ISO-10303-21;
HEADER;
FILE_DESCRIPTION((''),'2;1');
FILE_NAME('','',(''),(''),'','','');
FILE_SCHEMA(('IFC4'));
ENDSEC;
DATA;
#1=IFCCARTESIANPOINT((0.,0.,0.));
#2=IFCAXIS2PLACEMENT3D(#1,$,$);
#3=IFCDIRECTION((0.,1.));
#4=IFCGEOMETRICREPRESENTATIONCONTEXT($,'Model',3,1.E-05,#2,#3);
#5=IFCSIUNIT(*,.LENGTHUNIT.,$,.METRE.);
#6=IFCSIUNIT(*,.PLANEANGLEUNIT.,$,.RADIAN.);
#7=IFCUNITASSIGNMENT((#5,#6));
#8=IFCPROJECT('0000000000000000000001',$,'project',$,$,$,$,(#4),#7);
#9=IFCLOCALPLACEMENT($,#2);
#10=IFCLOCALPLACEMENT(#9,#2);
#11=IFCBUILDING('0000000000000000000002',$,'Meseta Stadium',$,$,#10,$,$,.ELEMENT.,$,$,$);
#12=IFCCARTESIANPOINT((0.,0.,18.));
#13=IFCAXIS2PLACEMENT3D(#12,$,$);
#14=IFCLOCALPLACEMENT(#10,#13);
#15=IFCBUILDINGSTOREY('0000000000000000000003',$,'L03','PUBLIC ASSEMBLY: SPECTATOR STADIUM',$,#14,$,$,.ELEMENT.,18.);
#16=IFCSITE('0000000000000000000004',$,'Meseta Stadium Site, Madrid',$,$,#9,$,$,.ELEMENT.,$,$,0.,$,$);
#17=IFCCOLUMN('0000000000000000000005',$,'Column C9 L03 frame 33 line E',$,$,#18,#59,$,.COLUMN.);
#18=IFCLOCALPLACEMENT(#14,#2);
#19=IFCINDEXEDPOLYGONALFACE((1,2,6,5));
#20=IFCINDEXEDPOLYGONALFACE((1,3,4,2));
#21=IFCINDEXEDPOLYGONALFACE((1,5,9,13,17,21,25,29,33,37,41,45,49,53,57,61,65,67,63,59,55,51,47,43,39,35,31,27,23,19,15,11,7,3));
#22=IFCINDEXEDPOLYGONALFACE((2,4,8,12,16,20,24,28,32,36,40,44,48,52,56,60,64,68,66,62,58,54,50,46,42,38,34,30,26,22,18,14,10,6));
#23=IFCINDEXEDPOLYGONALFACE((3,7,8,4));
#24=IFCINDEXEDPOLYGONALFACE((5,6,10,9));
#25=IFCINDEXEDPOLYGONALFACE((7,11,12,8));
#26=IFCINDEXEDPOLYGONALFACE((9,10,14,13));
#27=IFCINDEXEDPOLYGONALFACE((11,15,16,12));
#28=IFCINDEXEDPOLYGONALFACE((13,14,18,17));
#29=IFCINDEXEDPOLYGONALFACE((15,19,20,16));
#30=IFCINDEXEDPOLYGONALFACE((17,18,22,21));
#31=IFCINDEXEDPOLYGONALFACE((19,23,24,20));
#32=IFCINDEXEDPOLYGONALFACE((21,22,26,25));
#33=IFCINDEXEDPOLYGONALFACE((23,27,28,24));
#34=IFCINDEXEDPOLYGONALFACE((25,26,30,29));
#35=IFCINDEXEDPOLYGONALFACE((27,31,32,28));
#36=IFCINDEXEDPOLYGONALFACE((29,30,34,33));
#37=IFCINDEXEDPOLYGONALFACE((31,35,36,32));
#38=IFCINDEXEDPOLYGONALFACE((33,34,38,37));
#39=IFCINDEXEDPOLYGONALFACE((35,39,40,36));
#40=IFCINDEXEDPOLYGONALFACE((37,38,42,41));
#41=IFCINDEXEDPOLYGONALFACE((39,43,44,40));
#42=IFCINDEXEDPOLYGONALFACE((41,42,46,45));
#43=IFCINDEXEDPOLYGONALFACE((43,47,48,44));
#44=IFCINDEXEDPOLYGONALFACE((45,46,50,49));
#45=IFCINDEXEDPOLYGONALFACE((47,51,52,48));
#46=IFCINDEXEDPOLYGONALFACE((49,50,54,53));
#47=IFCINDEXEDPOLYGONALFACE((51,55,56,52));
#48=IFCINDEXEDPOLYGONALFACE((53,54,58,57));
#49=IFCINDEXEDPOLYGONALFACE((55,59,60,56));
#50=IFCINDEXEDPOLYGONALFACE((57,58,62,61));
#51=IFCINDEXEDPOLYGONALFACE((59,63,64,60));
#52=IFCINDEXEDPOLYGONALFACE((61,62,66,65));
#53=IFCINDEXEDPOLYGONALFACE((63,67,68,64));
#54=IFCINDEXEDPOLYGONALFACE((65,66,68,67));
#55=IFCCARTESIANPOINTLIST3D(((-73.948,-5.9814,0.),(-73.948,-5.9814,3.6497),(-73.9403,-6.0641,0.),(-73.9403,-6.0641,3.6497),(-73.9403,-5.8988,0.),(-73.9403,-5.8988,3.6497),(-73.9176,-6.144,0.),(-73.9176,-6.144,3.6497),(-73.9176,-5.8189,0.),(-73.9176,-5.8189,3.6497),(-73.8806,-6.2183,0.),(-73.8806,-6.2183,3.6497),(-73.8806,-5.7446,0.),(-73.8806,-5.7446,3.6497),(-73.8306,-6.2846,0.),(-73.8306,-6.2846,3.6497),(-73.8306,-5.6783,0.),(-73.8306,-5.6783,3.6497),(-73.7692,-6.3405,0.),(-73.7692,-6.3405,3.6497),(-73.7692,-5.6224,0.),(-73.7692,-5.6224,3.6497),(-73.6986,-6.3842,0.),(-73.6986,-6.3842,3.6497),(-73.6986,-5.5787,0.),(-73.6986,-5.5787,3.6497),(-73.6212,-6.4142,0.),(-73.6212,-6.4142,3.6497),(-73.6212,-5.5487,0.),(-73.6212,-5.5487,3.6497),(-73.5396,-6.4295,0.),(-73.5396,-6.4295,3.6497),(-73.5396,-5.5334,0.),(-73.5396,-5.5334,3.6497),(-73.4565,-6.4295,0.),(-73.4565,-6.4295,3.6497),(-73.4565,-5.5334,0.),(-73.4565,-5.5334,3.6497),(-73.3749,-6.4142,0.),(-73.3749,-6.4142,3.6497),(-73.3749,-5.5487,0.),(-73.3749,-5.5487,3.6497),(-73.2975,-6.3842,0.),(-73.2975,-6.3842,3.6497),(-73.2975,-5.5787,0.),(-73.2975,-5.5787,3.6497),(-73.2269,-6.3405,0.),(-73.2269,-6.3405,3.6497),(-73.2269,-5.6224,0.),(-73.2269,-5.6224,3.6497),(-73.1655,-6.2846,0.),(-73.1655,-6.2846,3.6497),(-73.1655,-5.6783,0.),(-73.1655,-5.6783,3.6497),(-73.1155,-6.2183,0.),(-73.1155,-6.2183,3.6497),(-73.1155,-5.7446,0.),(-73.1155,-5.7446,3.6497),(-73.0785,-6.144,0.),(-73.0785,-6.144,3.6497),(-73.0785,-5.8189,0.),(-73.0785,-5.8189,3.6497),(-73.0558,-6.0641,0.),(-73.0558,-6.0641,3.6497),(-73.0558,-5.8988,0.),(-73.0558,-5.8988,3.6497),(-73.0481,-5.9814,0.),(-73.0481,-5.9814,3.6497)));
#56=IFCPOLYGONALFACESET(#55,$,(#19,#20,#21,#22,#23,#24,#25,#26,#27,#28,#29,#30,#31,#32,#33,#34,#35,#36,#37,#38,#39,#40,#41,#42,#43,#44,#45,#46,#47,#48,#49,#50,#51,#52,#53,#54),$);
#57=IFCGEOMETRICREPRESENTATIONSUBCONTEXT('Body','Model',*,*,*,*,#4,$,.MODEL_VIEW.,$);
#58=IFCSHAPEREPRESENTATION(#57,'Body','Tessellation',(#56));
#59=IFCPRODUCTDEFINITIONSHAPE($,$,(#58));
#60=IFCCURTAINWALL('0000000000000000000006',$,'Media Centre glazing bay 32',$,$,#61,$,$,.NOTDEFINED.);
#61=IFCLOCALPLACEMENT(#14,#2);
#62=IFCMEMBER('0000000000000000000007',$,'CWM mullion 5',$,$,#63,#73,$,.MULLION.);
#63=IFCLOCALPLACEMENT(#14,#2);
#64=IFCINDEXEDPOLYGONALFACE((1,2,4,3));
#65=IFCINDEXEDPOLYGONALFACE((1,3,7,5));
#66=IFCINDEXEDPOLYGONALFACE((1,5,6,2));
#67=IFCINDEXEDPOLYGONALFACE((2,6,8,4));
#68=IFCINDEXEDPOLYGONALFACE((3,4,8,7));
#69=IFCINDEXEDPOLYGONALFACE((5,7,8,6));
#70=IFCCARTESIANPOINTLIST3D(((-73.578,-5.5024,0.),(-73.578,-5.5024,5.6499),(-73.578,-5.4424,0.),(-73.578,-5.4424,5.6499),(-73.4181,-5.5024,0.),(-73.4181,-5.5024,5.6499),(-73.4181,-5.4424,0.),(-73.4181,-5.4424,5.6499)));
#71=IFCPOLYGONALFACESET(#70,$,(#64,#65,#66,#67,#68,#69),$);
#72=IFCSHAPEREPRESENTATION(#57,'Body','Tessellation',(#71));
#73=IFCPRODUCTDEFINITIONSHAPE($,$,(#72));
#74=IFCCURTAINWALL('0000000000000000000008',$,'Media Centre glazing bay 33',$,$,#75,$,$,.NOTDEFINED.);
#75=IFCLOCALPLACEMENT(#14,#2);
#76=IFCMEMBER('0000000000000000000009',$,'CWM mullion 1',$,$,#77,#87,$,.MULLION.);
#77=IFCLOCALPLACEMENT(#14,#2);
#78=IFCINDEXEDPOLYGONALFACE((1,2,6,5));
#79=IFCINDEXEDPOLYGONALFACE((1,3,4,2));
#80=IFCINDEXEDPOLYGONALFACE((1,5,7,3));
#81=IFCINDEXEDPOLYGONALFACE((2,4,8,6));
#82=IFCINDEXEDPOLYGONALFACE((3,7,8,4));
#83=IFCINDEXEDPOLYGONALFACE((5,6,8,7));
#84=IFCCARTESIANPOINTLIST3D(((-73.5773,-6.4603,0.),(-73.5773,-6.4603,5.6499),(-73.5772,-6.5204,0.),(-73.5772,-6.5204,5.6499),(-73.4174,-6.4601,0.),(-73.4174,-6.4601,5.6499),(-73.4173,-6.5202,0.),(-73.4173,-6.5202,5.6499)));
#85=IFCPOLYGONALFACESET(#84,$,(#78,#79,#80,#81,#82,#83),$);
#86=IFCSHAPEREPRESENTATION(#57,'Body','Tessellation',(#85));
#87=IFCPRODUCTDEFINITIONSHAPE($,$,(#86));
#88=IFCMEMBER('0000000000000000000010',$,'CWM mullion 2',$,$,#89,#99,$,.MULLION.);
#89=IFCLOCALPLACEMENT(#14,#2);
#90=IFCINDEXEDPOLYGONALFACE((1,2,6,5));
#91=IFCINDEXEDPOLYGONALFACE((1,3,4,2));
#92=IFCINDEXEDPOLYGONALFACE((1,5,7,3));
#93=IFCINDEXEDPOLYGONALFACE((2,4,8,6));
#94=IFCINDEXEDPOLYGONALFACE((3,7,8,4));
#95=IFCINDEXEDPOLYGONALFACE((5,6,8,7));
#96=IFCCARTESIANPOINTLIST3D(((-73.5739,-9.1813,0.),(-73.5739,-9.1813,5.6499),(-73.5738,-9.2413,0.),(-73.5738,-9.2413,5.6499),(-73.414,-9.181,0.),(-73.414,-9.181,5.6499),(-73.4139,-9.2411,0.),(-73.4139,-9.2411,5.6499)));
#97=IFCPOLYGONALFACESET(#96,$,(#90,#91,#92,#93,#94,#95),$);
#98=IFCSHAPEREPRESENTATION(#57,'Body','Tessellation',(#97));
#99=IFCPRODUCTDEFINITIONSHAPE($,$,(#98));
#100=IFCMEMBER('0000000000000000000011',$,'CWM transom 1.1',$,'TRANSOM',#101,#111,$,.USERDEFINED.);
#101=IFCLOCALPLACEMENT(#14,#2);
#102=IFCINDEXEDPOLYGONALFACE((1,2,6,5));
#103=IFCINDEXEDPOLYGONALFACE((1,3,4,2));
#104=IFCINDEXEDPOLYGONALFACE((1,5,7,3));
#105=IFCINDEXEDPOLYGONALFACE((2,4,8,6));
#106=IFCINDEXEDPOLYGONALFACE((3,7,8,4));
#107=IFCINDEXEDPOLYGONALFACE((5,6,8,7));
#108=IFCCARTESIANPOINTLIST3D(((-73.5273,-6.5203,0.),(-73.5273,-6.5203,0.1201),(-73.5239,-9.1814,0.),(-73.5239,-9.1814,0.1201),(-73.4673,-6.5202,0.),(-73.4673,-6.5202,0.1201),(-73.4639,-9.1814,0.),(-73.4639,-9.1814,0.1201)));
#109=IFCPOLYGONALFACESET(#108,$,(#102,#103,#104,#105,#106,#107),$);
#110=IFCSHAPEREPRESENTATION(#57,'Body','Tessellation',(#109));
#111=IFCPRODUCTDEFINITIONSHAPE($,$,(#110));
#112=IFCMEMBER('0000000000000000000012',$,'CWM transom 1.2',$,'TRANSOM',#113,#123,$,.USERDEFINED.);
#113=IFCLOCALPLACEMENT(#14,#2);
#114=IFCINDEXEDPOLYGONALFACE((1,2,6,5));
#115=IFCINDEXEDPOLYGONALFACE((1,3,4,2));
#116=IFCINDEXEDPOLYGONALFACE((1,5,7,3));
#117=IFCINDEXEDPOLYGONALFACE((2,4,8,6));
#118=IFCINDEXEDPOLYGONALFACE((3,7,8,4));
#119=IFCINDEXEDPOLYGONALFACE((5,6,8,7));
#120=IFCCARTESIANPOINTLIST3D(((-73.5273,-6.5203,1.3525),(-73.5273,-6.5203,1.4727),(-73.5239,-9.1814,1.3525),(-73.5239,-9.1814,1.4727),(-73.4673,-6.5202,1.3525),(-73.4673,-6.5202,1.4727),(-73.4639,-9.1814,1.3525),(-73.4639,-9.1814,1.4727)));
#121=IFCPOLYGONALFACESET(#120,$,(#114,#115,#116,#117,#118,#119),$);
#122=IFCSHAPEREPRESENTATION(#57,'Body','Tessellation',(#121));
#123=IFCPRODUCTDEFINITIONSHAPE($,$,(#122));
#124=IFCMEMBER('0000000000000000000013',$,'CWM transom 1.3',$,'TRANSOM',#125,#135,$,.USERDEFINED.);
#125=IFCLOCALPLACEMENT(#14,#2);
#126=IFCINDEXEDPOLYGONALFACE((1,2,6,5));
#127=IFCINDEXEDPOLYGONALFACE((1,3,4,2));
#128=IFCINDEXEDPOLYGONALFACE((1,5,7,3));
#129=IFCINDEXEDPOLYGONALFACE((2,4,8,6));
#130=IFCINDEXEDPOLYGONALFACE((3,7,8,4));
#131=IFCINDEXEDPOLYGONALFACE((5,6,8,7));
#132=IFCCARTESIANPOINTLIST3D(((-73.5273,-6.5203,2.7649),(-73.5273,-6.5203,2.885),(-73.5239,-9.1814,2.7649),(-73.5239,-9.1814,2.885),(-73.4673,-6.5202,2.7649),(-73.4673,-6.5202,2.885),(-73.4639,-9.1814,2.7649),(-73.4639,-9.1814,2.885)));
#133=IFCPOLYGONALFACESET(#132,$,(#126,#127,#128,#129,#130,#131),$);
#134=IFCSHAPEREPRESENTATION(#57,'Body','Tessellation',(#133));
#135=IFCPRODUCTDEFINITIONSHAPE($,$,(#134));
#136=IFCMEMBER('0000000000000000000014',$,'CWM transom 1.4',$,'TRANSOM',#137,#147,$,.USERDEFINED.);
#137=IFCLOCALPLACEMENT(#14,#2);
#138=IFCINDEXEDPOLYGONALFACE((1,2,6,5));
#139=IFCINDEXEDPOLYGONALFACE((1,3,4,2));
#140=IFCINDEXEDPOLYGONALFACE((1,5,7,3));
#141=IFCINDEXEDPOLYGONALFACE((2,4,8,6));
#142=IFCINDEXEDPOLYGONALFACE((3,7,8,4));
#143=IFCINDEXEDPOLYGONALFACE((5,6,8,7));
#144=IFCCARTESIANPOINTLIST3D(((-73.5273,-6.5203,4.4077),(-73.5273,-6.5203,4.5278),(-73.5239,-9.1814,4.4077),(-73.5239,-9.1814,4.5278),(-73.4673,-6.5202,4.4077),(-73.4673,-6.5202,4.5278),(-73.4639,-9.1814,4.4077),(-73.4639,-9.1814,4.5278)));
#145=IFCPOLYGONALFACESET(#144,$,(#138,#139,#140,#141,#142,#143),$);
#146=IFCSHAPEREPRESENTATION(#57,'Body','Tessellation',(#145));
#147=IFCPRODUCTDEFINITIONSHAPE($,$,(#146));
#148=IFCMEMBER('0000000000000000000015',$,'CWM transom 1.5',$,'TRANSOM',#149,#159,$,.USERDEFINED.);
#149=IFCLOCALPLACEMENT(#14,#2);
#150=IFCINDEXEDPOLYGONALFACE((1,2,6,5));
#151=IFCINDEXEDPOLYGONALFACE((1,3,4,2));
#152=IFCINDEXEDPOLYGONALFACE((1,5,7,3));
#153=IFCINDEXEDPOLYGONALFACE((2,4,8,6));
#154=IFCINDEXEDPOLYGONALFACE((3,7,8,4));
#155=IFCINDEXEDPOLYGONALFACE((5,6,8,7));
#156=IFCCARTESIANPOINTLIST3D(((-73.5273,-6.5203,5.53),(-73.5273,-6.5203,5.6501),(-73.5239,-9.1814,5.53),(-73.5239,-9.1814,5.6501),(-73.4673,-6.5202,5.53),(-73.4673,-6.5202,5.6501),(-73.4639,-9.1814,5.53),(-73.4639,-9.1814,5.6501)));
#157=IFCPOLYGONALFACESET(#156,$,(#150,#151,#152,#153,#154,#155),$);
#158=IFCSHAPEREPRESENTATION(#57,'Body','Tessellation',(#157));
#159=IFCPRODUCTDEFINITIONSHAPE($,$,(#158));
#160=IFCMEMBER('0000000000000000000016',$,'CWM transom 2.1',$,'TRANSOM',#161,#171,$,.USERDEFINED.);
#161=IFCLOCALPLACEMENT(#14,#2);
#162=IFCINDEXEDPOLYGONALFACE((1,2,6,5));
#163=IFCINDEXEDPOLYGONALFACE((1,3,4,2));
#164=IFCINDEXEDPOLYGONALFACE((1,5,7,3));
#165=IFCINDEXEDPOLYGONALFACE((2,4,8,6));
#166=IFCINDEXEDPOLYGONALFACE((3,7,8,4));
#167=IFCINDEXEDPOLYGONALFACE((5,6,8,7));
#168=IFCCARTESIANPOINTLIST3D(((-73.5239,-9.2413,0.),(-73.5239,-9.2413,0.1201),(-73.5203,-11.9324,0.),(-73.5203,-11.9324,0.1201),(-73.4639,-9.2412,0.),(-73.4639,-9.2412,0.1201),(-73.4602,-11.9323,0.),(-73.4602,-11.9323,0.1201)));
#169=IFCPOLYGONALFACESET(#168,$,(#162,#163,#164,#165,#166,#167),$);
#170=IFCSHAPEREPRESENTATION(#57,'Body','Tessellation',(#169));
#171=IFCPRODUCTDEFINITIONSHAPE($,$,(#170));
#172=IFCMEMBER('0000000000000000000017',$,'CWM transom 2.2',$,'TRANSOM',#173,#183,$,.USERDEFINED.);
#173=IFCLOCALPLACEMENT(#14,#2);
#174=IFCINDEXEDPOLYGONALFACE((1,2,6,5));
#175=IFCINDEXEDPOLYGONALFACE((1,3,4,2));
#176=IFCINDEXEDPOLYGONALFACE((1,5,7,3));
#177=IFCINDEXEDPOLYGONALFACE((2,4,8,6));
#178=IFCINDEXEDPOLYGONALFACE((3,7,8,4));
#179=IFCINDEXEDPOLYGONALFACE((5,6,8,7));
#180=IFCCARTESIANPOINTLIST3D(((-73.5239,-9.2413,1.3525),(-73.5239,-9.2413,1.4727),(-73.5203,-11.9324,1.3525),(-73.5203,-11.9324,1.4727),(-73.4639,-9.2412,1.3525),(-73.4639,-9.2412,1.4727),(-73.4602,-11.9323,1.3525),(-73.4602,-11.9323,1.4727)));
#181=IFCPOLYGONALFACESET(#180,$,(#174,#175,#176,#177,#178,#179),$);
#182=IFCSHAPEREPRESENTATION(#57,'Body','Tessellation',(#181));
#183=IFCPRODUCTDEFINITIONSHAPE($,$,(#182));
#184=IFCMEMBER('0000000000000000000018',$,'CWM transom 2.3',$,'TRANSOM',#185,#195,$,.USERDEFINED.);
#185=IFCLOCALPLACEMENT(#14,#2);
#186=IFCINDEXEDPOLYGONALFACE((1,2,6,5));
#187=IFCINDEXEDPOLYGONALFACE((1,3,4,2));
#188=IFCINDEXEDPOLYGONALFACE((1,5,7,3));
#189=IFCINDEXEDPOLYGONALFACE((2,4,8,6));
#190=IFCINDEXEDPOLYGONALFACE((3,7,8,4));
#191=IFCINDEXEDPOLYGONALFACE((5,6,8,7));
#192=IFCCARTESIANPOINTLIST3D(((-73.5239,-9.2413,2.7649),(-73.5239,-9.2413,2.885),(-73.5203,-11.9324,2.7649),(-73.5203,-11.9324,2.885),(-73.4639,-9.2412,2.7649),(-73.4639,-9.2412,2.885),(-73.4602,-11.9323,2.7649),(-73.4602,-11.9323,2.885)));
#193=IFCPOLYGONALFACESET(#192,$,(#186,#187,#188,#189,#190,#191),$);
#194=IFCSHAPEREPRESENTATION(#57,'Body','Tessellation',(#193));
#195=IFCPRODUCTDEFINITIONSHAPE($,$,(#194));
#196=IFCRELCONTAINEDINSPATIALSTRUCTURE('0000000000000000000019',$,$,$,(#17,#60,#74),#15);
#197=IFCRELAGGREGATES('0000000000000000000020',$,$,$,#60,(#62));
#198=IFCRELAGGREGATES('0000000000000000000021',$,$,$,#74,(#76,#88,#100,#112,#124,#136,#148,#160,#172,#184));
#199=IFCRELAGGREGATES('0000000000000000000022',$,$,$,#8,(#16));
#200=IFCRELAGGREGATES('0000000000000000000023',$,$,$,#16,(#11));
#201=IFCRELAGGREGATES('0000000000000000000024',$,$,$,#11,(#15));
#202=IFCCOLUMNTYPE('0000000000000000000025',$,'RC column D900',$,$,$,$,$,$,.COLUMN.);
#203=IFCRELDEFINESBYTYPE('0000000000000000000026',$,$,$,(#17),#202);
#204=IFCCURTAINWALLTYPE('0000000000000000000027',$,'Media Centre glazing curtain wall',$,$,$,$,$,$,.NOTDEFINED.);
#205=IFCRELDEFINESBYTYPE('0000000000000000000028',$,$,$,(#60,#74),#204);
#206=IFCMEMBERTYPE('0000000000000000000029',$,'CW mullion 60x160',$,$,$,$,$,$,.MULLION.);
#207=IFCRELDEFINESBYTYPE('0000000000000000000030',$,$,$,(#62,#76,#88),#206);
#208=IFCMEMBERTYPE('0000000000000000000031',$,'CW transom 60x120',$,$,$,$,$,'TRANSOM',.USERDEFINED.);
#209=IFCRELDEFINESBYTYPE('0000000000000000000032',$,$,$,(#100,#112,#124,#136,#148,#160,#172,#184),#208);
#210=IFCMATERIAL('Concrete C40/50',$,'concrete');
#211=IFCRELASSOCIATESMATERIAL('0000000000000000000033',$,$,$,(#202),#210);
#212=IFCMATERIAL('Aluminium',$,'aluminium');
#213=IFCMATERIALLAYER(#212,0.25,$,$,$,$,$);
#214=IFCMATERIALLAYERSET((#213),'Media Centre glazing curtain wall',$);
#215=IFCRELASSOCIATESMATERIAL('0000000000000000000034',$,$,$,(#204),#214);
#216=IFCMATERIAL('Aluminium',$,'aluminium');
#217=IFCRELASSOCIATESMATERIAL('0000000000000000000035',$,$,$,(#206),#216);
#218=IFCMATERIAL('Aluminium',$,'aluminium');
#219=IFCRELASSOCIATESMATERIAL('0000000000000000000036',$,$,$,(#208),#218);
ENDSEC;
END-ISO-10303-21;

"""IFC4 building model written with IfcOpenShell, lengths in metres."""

from ifc_helpers import new_model, si_unit, direction, frame, origin, origin_2d, place, context, subcontext, project, spatial, rectangle, circle, extrude, material, layer, layer_set, material_profile, profile_set, type_object, element, aggregate, save


model = new_model("IFC4")

# Units and contexts
model_context = context("Model", 3, precision=1e-05, world=origin(), true_north=direction((0.0, 1.0)))
body_context = subcontext(model_context, "Body", "Model", "MODEL_VIEW")
ifc_project = project(units=[si_unit("LENGTHUNIT", "METRE"), si_unit("PLANEANGLEUNIT", "RADIAN")], contexts=[model_context])

# Site, building, storey
site_placement = place(None, origin())
site = spatial("IfcSite", under=ifc_project, at=site_placement, Name="Meseta Stadium Site, Madrid", CompositionType="ELEMENT", RefElevation=0.0)
building_placement = place(site_placement, origin())
building = spatial("IfcBuilding", under=site, at=building_placement, Name="Meseta Stadium", CompositionType="ELEMENT")
storey_placement = place(building_placement, frame((0.0, 0.0, 18.0)))
storey = spatial("IfcBuildingStorey", under=building, at=storey_placement, Name="L03", Description="PUBLIC ASSEMBLY: SPECTATOR STADIUM", CompositionType="ELEMENT", Elevation=18.0)

# Column
ifc_material_1 = material(Name="Concrete C40/50", Category="concrete")
ifc_material_profile_1 = material_profile(ifc_material_1, circle(Radius=0.45, at=origin_2d()), Name="RC D900")
ifc_profile_set_1 = profile_set([ifc_material_profile_1], Name="Concrete C40/50")
column_type = type_object("IfcColumnType", Name="RC column D900", PredefinedType="COLUMN", material=ifc_profile_set_1)
column_placement = place(storey_placement, frame((-73.498, -5.9814, 0.0), z_axis=(0.0, 0.0, 1.0), x_axis=(1.0, 0.0, 0.0)))
element("IfcColumn", 1, at=column_placement, inside=storey, type_object=column_type, Name="Column C9 L03 frame 33 line E", PredefinedType="COLUMN", context=body_context, shape_type="SweptSolid", body=[
    extrude(circle(Radius=0.45, at=origin_2d()), origin(), (0.0, 0.0, 1.0), 3.6497),
])

# Curtain wall, member
ifc_material_2 = material(Name="Aluminium", Category="aluminium")
ifc_layer_1 = layer(ifc_material_2, 0.25)
ifc_layer_set_1 = layer_set([ifc_layer_1], Name="Media Centre glazing curtain wall")
curtain_wall_type = type_object("IfcCurtainWallType", Name="Media Centre glazing curtain wall", PredefinedType="NOTDEFINED", material=ifc_layer_set_1)
curtain_wall_1_placement = place(storey_placement, origin())
curtain_wall_1 = element("IfcCurtainWall", 2, at=curtain_wall_1_placement, inside=storey, type_object=curtain_wall_type, Name="Media Centre glazing bay 32", PredefinedType="NOTDEFINED")
ifc_material_3 = material(Name="Aluminium", Category="aluminium")
ifc_material_profile_2 = material_profile(ifc_material_3, rectangle(XDim=0.1599, YDim=0.0601, at=origin_2d()), Name="CW 160x60")
ifc_profile_set_2 = profile_set([ifc_material_profile_2], Name="Aluminium")
member_type_1 = type_object("IfcMemberType", Name="CW mullion 60x160", PredefinedType="MULLION", material=ifc_profile_set_2)
member_1_placement = place(storey_placement, frame((-73.498, -5.4724, 0.0), z_axis=(0.0, 0.0, 1.0), x_axis=(1.0, 0.0, 0.0)))
member_1 = element("IfcMember", 3, at=member_1_placement, type_object=member_type_1, Name="CWM mullion 5", PredefinedType="MULLION", context=body_context, shape_type="SweptSolid", body=[
    extrude(rectangle(XDim=0.1599, YDim=0.0601, at=origin_2d()), origin(), (0.0, 0.0, 1.0), 5.6499),
])

# Curtain wall, members
curtain_wall_2_placement = place(storey_placement, origin())
curtain_wall_2 = element("IfcCurtainWall", 4, at=curtain_wall_2_placement, inside=storey, type_object=curtain_wall_type, Name="Media Centre glazing bay 33", PredefinedType="NOTDEFINED")
member_2_placement = place(storey_placement, frame((-73.4973, -6.4902, 0.0), z_axis=(0.0, 0.0, 1.0), x_axis=(0.999999, 0.001305, 0.0)))
member_2 = element("IfcMember", 5, at=member_2_placement, type_object=member_type_1, Name="CWM mullion 1", PredefinedType="MULLION", context=body_context, shape_type="SweptSolid", body=[
    extrude(rectangle(XDim=0.1599, YDim=0.0601, at=origin_2d()), origin(), (0.0, 0.0, 1.0), 5.6499),
])
member_3_placement = place(storey_placement, frame((-73.4939, -9.2112, 0.0), z_axis=(0.0, 0.0, 1.0), x_axis=(0.999999, 0.001305, 0.0)))
member_3 = element("IfcMember", 6, at=member_3_placement, type_object=member_type_1, Name="CWM mullion 2", PredefinedType="MULLION", context=body_context, shape_type="SweptSolid", body=[
    extrude(rectangle(XDim=0.1599, YDim=0.0601, at=origin_2d()), origin(), (0.0, 0.0, 1.0), 5.6499),
])
ifc_material_4 = material(Name="Aluminium", Category="aluminium")
ifc_material_profile_3 = material_profile(ifc_material_4, rectangle(XDim=0.0601, YDim=0.1201, at=origin_2d()), Name="CW 60x120")
ifc_profile_set_3 = profile_set([ifc_material_profile_3], Name="Aluminium")
member_type_2 = type_object("IfcMemberType", Name="CW transom 60x120", ElementType="TRANSOM", PredefinedType="USERDEFINED", material=ifc_profile_set_3)
member_4_placement = place(storey_placement, frame((-73.4973, -6.5203, 0.0601), z_axis=(0.001284, -0.999999, 0.0), x_axis=(0.999999, 0.001284, 0.0)))
member_4 = element("IfcMember", 7, at=member_4_placement, type_object=member_type_2, Name="CWM transom 1.1", ObjectType="TRANSOM", PredefinedType="USERDEFINED", context=body_context, shape_type="SweptSolid", body=[
    extrude(rectangle(XDim=0.0601, YDim=0.1201, at=origin_2d()), origin(), (0.0, 0.0, 1.0), 2.6611),
])
member_5_placement = place(storey_placement, frame((-73.4973, -6.5203, 1.4126), z_axis=(0.001284, -0.999999, 0.0), x_axis=(0.999999, 0.001284, 0.0)))
member_5 = element("IfcMember", 8, at=member_5_placement, type_object=member_type_2, Name="CWM transom 1.2", ObjectType="TRANSOM", PredefinedType="USERDEFINED", context=body_context, shape_type="SweptSolid", body=[
    extrude(rectangle(XDim=0.0601, YDim=0.1201, at=origin_2d()), origin(), (0.0, 0.0, 1.0), 2.6611),
])
member_6_placement = place(storey_placement, frame((-73.4973, -6.5203, 2.825), z_axis=(0.001284, -0.999999, 0.0), x_axis=(0.999999, 0.001284, 0.0)))
member_6 = element("IfcMember", 9, at=member_6_placement, type_object=member_type_2, Name="CWM transom 1.3", ObjectType="TRANSOM", PredefinedType="USERDEFINED", context=body_context, shape_type="SweptSolid", body=[
    extrude(rectangle(XDim=0.0601, YDim=0.1201, at=origin_2d()), origin(), (0.0, 0.0, 1.0), 2.6611),
])
member_7_placement = place(storey_placement, frame((-73.4973, -6.5203, 4.4678), z_axis=(0.001284, -0.999999, 0.0), x_axis=(0.999999, 0.001284, 0.0)))
member_7 = element("IfcMember", 10, at=member_7_placement, type_object=member_type_2, Name="CWM transom 1.4", ObjectType="TRANSOM", PredefinedType="USERDEFINED", context=body_context, shape_type="SweptSolid", body=[
    extrude(rectangle(XDim=0.0601, YDim=0.1201, at=origin_2d()), origin(), (0.0, 0.0, 1.0), 2.6611),
])
member_8_placement = place(storey_placement, frame((-73.4973, -6.5203, 5.5901), z_axis=(0.001284, -0.999999, 0.0), x_axis=(0.999999, 0.001284, 0.0)))
member_8 = element("IfcMember", 11, at=member_8_placement, type_object=member_type_2, Name="CWM transom 1.5", ObjectType="TRANSOM", PredefinedType="USERDEFINED", context=body_context, shape_type="SweptSolid", body=[
    extrude(rectangle(XDim=0.0601, YDim=0.1201, at=origin_2d()), origin(), (0.0, 0.0, 1.0), 2.6611),
])
member_9_placement = place(storey_placement, frame((-73.4939, -9.2412, 0.0601), z_axis=(0.001361, -0.999999, 0.0), x_axis=(0.999999, 0.001361, 0.0)))
member_9 = element("IfcMember", 12, at=member_9_placement, type_object=member_type_2, Name="CWM transom 2.1", ObjectType="TRANSOM", PredefinedType="USERDEFINED", context=body_context, shape_type="SweptSolid", body=[
    extrude(rectangle(XDim=0.0601, YDim=0.1201, at=origin_2d()), origin(), (0.0, 0.0, 1.0), 2.6912),
])
member_10_placement = place(storey_placement, frame((-73.4939, -9.2412, 1.4126), z_axis=(0.001361, -0.999999, 0.0), x_axis=(0.999999, 0.001361, 0.0)))
member_10 = element("IfcMember", 13, at=member_10_placement, type_object=member_type_2, Name="CWM transom 2.2", ObjectType="TRANSOM", PredefinedType="USERDEFINED", context=body_context, shape_type="SweptSolid", body=[
    extrude(rectangle(XDim=0.0601, YDim=0.1201, at=origin_2d()), origin(), (0.0, 0.0, 1.0), 2.6912),
])
member_11_placement = place(storey_placement, frame((-73.4939, -9.2412, 2.825), z_axis=(0.001361, -0.999999, 0.0), x_axis=(0.999999, 0.001361, 0.0)))
member_11 = element("IfcMember", 14, at=member_11_placement, type_object=member_type_2, Name="CWM transom 2.3", ObjectType="TRANSOM", PredefinedType="USERDEFINED", context=body_context, shape_type="SweptSolid", body=[
    extrude(rectangle(XDim=0.0601, YDim=0.1201, at=origin_2d()), origin(), (0.0, 0.0, 1.0), 2.6912),
])

aggregate(curtain_wall_1, [member_1])
aggregate(curtain_wall_2, [member_2, member_3, member_4, member_5, member_6, member_7, member_8, member_9, member_10, member_11])

save(model, "model.ifc")
